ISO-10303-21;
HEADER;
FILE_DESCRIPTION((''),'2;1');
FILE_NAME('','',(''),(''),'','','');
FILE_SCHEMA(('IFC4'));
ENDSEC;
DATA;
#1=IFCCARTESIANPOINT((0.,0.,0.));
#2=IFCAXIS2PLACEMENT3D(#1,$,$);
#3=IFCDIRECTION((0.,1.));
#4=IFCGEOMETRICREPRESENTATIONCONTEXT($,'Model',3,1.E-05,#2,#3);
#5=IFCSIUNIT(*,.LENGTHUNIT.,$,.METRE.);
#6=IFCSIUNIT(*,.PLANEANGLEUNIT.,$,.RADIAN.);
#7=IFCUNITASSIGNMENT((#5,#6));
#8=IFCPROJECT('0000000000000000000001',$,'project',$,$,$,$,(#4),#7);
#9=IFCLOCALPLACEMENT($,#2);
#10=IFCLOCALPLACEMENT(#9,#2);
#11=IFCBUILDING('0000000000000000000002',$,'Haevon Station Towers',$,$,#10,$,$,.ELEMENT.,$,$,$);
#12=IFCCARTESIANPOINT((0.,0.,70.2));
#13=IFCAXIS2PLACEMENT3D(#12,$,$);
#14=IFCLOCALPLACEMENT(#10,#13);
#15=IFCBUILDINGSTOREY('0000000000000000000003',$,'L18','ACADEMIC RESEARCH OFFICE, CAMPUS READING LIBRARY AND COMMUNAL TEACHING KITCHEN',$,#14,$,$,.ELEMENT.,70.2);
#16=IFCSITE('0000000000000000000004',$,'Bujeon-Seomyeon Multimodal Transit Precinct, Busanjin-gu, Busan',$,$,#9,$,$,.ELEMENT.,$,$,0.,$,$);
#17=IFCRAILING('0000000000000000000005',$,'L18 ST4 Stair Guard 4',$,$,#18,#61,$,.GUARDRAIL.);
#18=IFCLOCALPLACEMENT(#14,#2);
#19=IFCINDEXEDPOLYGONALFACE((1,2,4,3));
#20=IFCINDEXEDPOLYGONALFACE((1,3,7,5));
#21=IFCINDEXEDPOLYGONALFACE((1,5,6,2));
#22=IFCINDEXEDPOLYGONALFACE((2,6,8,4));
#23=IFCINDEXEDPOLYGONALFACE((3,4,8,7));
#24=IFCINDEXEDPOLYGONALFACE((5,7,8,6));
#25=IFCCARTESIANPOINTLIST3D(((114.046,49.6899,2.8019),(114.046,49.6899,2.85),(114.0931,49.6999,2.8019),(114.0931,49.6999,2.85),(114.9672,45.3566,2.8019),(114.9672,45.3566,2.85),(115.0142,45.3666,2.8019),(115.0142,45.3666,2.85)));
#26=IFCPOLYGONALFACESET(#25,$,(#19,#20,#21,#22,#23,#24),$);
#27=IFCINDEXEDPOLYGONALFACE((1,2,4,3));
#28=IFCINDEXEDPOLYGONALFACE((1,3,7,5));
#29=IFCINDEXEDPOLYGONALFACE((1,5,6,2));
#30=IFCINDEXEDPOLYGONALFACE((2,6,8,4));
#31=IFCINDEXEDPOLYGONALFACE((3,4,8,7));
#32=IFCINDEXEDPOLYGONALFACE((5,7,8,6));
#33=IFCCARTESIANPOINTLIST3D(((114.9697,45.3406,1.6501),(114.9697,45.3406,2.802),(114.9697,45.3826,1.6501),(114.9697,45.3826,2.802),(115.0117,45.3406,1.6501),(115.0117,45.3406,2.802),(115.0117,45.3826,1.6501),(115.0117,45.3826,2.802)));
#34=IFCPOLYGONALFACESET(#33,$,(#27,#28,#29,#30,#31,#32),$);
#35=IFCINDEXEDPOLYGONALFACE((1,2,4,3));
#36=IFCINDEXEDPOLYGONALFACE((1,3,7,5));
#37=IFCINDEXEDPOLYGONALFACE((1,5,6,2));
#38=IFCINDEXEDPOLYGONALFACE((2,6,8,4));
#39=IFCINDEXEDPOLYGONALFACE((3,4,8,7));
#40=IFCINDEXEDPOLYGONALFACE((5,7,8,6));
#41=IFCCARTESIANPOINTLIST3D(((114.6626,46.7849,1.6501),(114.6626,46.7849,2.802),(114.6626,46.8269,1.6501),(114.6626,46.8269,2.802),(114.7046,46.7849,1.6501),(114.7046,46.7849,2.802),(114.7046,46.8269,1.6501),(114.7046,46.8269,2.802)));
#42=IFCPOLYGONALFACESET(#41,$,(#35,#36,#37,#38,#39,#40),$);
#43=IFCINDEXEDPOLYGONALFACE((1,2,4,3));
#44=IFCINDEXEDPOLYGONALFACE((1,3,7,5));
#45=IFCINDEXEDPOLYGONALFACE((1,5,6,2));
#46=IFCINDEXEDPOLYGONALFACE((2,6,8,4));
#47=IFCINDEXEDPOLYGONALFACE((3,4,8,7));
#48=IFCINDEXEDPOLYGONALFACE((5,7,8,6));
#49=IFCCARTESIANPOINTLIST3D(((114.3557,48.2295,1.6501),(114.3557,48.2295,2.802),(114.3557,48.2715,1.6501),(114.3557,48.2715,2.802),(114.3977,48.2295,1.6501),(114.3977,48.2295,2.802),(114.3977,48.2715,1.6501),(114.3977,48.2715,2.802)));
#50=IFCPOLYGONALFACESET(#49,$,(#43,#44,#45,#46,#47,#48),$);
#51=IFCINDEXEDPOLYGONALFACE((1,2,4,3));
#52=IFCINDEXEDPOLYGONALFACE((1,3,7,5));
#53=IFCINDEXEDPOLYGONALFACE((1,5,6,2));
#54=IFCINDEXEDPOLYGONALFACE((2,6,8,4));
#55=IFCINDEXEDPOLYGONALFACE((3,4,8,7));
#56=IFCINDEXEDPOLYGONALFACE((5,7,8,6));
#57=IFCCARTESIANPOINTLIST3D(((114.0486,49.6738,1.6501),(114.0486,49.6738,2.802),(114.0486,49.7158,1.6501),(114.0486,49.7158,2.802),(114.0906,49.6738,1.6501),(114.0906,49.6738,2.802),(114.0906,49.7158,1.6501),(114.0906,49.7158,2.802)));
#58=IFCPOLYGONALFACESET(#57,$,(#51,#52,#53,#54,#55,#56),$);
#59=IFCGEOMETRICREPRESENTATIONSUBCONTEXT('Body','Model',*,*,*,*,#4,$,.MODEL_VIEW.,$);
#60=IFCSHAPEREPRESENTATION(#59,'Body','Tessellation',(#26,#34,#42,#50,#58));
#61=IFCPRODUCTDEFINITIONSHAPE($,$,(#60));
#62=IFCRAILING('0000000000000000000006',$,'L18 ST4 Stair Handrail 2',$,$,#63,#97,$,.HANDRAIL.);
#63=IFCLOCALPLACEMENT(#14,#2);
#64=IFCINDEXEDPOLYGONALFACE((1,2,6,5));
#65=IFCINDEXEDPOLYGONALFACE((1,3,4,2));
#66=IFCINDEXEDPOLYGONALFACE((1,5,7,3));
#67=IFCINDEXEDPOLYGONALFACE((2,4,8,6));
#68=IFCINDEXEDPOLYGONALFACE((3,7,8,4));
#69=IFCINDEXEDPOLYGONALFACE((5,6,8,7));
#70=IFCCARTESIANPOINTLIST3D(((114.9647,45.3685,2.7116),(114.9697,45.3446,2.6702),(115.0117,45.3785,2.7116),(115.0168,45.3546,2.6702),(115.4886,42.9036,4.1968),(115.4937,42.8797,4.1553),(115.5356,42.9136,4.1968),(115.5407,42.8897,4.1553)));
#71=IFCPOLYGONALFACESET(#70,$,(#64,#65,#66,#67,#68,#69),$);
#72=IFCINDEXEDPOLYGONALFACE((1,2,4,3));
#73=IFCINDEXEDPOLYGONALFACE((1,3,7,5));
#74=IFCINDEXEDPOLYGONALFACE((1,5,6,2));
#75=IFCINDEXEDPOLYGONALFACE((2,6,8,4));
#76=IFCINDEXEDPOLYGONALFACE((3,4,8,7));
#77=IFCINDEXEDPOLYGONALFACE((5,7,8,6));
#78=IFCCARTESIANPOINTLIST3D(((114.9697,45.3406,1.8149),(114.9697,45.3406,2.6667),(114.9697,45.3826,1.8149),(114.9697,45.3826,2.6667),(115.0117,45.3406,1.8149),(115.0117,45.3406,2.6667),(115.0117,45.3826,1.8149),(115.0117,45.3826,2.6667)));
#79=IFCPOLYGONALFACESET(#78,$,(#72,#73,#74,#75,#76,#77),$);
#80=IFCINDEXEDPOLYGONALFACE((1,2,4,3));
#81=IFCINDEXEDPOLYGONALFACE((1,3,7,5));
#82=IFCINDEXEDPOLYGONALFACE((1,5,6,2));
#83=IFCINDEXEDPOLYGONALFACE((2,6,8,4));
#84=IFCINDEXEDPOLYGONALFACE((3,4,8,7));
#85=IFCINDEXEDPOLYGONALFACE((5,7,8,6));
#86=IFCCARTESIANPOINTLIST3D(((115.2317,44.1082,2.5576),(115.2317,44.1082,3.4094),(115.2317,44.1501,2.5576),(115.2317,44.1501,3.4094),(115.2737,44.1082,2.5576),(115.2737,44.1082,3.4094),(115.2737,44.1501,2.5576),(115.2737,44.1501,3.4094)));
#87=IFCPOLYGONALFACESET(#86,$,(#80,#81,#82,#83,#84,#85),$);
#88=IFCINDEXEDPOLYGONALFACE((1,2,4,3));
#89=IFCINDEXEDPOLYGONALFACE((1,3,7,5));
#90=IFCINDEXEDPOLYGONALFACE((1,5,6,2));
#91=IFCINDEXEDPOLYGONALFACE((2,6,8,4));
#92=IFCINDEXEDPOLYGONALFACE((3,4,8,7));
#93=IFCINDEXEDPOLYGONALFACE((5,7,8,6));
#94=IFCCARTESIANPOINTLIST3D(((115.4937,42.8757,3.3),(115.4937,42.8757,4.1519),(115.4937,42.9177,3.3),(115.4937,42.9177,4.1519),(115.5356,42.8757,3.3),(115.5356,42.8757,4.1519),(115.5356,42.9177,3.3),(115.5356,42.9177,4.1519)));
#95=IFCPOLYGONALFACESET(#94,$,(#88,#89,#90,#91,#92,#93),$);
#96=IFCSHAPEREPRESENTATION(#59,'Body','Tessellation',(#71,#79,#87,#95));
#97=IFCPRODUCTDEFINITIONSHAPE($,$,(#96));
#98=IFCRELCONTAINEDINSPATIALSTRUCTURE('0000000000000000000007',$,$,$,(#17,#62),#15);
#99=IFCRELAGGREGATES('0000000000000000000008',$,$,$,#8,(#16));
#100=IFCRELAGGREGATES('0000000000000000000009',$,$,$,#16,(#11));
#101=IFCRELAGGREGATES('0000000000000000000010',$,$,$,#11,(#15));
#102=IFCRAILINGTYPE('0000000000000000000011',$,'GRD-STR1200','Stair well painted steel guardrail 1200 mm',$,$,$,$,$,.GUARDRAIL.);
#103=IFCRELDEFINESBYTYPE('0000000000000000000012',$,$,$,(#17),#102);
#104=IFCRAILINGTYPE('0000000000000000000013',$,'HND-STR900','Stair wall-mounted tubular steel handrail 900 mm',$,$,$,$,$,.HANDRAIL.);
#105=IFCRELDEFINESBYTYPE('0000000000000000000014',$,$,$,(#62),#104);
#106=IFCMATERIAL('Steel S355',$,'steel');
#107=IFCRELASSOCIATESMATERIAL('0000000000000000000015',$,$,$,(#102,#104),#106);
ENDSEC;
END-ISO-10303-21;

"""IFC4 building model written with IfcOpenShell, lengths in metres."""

from ifc_helpers import new_model, si_unit, direction, frame, origin, origin_2d, place, context, subcontext, project, spatial, rectangle, extrude, material, type_object, element, save


model = new_model("IFC4")

# Units and contexts
model_context = context("Model", 3, precision=1e-05, world=origin(), true_north=direction((0.0, 1.0)))
body_context = subcontext(model_context, "Body", "Model", "MODEL_VIEW")
ifc_project = project(units=[si_unit("LENGTHUNIT", "METRE"), si_unit("PLANEANGLEUNIT", "RADIAN")], contexts=[model_context])

# Site, building, storey
site_placement = place(None, origin())
site = spatial("IfcSite", under=ifc_project, at=site_placement, Name="Bujeon-Seomyeon Multimodal Transit Precinct, Busanjin-gu, Busan", CompositionType="ELEMENT", RefElevation=0.0)
building_placement = place(site_placement, origin())
building = spatial("IfcBuilding", under=site, at=building_placement, Name="Haevon Station Towers", CompositionType="ELEMENT")
storey_placement = place(building_placement, frame((0.0, 0.0, 70.2)))
storey = spatial("IfcBuildingStorey", under=building, at=storey_placement, Name="L18", Description="ACADEMIC RESEARCH OFFICE, CAMPUS READING LIBRARY AND COMMUNAL TEACHING KITCHEN", CompositionType="ELEMENT", Elevation=70.2)

# Railings
ifc_material_1 = material(Name="Steel S355", Category="steel")
railing_type_1 = type_object("IfcRailingType", Name="GRD-STR1200", Description="Stair well painted steel guardrail 1200 mm", PredefinedType="GUARDRAIL", material=ifc_material_1)
railing_1_placement = place(storey_placement, frame((114.9907, 45.3616, 1.6501)))
element("IfcRailing", 1, at=railing_1_placement, inside=storey, type_object=railing_type_1, Name="L18 ST4 Stair Guard 4", PredefinedType="GUARDRAIL", context=body_context, shape_type="SweptSolid", body=[
    extrude(rectangle(XDim=0.0481, YDim=0.0481, at=origin_2d()), frame((0.0, 0.0, 1.1758), z_axis=(-0.207929, 0.978144, 0.0), x_axis=(-0.978144, -0.207929, 0.0)), (0.0, 0.0, 1.0), 4.4302),
    extrude(rectangle(XDim=0.042, YDim=0.042, at=origin_2d()), origin(), (0.0, 0.0, 1.0), 1.1519),
    extrude(rectangle(XDim=0.042, YDim=0.042, at=origin_2d()), frame((-0.3071, 1.4443, 0.0)), (0.0, 0.0, 1.0), 1.1519),
    extrude(rectangle(XDim=0.042, YDim=0.042, at=origin_2d()), frame((-0.614, 2.8889, 0.0)), (0.0, 0.0, 1.0), 1.1519),
    extrude(rectangle(XDim=0.042, YDim=0.042, at=origin_2d()), frame((-0.9211, 4.3333, 0.0)), (0.0, 0.0, 1.0), 1.1519),
])
railing_type_2 = type_object("IfcRailingType", Name="HND-STR900", Description="Stair wall-mounted tubular steel handrail 900 mm", PredefinedType="HANDRAIL", material=ifc_material_1)
railing_2_placement = place(storey_placement, frame((114.9907, 45.3616, 1.8149)))
element("IfcRailing", 2, at=railing_2_placement, inside=storey, type_object=railing_type_2, Name="L18 ST4 Stair Handrail 2", PredefinedType="HANDRAIL", context=body_context, shape_type="SweptSolid", body=[
    extrude(rectangle(XDim=0.0481, YDim=0.0481, at=origin_2d()), frame((0.0, 0.0, 0.876), z_axis=(0.179121, -0.842688, 0.507733), x_axis=(0.978147, 0.207914, 0.0)), (0.0, 0.0, 1.0), 2.925),
    extrude(rectangle(XDim=0.042, YDim=0.042, at=origin_2d()), origin(), (0.0, 0.0, 1.0), 0.8518),
    extrude(rectangle(XDim=0.042, YDim=0.042, at=origin_2d()), frame((0.262, -1.2324, 0.7427)), (0.0, 0.0, 1.0), 0.8518),
    extrude(rectangle(XDim=0.042, YDim=0.042, at=origin_2d()), frame((0.5239, -2.4648, 1.4851)), (0.0, 0.0, 1.0), 0.8518),
])

save(model, "model.ifc")
